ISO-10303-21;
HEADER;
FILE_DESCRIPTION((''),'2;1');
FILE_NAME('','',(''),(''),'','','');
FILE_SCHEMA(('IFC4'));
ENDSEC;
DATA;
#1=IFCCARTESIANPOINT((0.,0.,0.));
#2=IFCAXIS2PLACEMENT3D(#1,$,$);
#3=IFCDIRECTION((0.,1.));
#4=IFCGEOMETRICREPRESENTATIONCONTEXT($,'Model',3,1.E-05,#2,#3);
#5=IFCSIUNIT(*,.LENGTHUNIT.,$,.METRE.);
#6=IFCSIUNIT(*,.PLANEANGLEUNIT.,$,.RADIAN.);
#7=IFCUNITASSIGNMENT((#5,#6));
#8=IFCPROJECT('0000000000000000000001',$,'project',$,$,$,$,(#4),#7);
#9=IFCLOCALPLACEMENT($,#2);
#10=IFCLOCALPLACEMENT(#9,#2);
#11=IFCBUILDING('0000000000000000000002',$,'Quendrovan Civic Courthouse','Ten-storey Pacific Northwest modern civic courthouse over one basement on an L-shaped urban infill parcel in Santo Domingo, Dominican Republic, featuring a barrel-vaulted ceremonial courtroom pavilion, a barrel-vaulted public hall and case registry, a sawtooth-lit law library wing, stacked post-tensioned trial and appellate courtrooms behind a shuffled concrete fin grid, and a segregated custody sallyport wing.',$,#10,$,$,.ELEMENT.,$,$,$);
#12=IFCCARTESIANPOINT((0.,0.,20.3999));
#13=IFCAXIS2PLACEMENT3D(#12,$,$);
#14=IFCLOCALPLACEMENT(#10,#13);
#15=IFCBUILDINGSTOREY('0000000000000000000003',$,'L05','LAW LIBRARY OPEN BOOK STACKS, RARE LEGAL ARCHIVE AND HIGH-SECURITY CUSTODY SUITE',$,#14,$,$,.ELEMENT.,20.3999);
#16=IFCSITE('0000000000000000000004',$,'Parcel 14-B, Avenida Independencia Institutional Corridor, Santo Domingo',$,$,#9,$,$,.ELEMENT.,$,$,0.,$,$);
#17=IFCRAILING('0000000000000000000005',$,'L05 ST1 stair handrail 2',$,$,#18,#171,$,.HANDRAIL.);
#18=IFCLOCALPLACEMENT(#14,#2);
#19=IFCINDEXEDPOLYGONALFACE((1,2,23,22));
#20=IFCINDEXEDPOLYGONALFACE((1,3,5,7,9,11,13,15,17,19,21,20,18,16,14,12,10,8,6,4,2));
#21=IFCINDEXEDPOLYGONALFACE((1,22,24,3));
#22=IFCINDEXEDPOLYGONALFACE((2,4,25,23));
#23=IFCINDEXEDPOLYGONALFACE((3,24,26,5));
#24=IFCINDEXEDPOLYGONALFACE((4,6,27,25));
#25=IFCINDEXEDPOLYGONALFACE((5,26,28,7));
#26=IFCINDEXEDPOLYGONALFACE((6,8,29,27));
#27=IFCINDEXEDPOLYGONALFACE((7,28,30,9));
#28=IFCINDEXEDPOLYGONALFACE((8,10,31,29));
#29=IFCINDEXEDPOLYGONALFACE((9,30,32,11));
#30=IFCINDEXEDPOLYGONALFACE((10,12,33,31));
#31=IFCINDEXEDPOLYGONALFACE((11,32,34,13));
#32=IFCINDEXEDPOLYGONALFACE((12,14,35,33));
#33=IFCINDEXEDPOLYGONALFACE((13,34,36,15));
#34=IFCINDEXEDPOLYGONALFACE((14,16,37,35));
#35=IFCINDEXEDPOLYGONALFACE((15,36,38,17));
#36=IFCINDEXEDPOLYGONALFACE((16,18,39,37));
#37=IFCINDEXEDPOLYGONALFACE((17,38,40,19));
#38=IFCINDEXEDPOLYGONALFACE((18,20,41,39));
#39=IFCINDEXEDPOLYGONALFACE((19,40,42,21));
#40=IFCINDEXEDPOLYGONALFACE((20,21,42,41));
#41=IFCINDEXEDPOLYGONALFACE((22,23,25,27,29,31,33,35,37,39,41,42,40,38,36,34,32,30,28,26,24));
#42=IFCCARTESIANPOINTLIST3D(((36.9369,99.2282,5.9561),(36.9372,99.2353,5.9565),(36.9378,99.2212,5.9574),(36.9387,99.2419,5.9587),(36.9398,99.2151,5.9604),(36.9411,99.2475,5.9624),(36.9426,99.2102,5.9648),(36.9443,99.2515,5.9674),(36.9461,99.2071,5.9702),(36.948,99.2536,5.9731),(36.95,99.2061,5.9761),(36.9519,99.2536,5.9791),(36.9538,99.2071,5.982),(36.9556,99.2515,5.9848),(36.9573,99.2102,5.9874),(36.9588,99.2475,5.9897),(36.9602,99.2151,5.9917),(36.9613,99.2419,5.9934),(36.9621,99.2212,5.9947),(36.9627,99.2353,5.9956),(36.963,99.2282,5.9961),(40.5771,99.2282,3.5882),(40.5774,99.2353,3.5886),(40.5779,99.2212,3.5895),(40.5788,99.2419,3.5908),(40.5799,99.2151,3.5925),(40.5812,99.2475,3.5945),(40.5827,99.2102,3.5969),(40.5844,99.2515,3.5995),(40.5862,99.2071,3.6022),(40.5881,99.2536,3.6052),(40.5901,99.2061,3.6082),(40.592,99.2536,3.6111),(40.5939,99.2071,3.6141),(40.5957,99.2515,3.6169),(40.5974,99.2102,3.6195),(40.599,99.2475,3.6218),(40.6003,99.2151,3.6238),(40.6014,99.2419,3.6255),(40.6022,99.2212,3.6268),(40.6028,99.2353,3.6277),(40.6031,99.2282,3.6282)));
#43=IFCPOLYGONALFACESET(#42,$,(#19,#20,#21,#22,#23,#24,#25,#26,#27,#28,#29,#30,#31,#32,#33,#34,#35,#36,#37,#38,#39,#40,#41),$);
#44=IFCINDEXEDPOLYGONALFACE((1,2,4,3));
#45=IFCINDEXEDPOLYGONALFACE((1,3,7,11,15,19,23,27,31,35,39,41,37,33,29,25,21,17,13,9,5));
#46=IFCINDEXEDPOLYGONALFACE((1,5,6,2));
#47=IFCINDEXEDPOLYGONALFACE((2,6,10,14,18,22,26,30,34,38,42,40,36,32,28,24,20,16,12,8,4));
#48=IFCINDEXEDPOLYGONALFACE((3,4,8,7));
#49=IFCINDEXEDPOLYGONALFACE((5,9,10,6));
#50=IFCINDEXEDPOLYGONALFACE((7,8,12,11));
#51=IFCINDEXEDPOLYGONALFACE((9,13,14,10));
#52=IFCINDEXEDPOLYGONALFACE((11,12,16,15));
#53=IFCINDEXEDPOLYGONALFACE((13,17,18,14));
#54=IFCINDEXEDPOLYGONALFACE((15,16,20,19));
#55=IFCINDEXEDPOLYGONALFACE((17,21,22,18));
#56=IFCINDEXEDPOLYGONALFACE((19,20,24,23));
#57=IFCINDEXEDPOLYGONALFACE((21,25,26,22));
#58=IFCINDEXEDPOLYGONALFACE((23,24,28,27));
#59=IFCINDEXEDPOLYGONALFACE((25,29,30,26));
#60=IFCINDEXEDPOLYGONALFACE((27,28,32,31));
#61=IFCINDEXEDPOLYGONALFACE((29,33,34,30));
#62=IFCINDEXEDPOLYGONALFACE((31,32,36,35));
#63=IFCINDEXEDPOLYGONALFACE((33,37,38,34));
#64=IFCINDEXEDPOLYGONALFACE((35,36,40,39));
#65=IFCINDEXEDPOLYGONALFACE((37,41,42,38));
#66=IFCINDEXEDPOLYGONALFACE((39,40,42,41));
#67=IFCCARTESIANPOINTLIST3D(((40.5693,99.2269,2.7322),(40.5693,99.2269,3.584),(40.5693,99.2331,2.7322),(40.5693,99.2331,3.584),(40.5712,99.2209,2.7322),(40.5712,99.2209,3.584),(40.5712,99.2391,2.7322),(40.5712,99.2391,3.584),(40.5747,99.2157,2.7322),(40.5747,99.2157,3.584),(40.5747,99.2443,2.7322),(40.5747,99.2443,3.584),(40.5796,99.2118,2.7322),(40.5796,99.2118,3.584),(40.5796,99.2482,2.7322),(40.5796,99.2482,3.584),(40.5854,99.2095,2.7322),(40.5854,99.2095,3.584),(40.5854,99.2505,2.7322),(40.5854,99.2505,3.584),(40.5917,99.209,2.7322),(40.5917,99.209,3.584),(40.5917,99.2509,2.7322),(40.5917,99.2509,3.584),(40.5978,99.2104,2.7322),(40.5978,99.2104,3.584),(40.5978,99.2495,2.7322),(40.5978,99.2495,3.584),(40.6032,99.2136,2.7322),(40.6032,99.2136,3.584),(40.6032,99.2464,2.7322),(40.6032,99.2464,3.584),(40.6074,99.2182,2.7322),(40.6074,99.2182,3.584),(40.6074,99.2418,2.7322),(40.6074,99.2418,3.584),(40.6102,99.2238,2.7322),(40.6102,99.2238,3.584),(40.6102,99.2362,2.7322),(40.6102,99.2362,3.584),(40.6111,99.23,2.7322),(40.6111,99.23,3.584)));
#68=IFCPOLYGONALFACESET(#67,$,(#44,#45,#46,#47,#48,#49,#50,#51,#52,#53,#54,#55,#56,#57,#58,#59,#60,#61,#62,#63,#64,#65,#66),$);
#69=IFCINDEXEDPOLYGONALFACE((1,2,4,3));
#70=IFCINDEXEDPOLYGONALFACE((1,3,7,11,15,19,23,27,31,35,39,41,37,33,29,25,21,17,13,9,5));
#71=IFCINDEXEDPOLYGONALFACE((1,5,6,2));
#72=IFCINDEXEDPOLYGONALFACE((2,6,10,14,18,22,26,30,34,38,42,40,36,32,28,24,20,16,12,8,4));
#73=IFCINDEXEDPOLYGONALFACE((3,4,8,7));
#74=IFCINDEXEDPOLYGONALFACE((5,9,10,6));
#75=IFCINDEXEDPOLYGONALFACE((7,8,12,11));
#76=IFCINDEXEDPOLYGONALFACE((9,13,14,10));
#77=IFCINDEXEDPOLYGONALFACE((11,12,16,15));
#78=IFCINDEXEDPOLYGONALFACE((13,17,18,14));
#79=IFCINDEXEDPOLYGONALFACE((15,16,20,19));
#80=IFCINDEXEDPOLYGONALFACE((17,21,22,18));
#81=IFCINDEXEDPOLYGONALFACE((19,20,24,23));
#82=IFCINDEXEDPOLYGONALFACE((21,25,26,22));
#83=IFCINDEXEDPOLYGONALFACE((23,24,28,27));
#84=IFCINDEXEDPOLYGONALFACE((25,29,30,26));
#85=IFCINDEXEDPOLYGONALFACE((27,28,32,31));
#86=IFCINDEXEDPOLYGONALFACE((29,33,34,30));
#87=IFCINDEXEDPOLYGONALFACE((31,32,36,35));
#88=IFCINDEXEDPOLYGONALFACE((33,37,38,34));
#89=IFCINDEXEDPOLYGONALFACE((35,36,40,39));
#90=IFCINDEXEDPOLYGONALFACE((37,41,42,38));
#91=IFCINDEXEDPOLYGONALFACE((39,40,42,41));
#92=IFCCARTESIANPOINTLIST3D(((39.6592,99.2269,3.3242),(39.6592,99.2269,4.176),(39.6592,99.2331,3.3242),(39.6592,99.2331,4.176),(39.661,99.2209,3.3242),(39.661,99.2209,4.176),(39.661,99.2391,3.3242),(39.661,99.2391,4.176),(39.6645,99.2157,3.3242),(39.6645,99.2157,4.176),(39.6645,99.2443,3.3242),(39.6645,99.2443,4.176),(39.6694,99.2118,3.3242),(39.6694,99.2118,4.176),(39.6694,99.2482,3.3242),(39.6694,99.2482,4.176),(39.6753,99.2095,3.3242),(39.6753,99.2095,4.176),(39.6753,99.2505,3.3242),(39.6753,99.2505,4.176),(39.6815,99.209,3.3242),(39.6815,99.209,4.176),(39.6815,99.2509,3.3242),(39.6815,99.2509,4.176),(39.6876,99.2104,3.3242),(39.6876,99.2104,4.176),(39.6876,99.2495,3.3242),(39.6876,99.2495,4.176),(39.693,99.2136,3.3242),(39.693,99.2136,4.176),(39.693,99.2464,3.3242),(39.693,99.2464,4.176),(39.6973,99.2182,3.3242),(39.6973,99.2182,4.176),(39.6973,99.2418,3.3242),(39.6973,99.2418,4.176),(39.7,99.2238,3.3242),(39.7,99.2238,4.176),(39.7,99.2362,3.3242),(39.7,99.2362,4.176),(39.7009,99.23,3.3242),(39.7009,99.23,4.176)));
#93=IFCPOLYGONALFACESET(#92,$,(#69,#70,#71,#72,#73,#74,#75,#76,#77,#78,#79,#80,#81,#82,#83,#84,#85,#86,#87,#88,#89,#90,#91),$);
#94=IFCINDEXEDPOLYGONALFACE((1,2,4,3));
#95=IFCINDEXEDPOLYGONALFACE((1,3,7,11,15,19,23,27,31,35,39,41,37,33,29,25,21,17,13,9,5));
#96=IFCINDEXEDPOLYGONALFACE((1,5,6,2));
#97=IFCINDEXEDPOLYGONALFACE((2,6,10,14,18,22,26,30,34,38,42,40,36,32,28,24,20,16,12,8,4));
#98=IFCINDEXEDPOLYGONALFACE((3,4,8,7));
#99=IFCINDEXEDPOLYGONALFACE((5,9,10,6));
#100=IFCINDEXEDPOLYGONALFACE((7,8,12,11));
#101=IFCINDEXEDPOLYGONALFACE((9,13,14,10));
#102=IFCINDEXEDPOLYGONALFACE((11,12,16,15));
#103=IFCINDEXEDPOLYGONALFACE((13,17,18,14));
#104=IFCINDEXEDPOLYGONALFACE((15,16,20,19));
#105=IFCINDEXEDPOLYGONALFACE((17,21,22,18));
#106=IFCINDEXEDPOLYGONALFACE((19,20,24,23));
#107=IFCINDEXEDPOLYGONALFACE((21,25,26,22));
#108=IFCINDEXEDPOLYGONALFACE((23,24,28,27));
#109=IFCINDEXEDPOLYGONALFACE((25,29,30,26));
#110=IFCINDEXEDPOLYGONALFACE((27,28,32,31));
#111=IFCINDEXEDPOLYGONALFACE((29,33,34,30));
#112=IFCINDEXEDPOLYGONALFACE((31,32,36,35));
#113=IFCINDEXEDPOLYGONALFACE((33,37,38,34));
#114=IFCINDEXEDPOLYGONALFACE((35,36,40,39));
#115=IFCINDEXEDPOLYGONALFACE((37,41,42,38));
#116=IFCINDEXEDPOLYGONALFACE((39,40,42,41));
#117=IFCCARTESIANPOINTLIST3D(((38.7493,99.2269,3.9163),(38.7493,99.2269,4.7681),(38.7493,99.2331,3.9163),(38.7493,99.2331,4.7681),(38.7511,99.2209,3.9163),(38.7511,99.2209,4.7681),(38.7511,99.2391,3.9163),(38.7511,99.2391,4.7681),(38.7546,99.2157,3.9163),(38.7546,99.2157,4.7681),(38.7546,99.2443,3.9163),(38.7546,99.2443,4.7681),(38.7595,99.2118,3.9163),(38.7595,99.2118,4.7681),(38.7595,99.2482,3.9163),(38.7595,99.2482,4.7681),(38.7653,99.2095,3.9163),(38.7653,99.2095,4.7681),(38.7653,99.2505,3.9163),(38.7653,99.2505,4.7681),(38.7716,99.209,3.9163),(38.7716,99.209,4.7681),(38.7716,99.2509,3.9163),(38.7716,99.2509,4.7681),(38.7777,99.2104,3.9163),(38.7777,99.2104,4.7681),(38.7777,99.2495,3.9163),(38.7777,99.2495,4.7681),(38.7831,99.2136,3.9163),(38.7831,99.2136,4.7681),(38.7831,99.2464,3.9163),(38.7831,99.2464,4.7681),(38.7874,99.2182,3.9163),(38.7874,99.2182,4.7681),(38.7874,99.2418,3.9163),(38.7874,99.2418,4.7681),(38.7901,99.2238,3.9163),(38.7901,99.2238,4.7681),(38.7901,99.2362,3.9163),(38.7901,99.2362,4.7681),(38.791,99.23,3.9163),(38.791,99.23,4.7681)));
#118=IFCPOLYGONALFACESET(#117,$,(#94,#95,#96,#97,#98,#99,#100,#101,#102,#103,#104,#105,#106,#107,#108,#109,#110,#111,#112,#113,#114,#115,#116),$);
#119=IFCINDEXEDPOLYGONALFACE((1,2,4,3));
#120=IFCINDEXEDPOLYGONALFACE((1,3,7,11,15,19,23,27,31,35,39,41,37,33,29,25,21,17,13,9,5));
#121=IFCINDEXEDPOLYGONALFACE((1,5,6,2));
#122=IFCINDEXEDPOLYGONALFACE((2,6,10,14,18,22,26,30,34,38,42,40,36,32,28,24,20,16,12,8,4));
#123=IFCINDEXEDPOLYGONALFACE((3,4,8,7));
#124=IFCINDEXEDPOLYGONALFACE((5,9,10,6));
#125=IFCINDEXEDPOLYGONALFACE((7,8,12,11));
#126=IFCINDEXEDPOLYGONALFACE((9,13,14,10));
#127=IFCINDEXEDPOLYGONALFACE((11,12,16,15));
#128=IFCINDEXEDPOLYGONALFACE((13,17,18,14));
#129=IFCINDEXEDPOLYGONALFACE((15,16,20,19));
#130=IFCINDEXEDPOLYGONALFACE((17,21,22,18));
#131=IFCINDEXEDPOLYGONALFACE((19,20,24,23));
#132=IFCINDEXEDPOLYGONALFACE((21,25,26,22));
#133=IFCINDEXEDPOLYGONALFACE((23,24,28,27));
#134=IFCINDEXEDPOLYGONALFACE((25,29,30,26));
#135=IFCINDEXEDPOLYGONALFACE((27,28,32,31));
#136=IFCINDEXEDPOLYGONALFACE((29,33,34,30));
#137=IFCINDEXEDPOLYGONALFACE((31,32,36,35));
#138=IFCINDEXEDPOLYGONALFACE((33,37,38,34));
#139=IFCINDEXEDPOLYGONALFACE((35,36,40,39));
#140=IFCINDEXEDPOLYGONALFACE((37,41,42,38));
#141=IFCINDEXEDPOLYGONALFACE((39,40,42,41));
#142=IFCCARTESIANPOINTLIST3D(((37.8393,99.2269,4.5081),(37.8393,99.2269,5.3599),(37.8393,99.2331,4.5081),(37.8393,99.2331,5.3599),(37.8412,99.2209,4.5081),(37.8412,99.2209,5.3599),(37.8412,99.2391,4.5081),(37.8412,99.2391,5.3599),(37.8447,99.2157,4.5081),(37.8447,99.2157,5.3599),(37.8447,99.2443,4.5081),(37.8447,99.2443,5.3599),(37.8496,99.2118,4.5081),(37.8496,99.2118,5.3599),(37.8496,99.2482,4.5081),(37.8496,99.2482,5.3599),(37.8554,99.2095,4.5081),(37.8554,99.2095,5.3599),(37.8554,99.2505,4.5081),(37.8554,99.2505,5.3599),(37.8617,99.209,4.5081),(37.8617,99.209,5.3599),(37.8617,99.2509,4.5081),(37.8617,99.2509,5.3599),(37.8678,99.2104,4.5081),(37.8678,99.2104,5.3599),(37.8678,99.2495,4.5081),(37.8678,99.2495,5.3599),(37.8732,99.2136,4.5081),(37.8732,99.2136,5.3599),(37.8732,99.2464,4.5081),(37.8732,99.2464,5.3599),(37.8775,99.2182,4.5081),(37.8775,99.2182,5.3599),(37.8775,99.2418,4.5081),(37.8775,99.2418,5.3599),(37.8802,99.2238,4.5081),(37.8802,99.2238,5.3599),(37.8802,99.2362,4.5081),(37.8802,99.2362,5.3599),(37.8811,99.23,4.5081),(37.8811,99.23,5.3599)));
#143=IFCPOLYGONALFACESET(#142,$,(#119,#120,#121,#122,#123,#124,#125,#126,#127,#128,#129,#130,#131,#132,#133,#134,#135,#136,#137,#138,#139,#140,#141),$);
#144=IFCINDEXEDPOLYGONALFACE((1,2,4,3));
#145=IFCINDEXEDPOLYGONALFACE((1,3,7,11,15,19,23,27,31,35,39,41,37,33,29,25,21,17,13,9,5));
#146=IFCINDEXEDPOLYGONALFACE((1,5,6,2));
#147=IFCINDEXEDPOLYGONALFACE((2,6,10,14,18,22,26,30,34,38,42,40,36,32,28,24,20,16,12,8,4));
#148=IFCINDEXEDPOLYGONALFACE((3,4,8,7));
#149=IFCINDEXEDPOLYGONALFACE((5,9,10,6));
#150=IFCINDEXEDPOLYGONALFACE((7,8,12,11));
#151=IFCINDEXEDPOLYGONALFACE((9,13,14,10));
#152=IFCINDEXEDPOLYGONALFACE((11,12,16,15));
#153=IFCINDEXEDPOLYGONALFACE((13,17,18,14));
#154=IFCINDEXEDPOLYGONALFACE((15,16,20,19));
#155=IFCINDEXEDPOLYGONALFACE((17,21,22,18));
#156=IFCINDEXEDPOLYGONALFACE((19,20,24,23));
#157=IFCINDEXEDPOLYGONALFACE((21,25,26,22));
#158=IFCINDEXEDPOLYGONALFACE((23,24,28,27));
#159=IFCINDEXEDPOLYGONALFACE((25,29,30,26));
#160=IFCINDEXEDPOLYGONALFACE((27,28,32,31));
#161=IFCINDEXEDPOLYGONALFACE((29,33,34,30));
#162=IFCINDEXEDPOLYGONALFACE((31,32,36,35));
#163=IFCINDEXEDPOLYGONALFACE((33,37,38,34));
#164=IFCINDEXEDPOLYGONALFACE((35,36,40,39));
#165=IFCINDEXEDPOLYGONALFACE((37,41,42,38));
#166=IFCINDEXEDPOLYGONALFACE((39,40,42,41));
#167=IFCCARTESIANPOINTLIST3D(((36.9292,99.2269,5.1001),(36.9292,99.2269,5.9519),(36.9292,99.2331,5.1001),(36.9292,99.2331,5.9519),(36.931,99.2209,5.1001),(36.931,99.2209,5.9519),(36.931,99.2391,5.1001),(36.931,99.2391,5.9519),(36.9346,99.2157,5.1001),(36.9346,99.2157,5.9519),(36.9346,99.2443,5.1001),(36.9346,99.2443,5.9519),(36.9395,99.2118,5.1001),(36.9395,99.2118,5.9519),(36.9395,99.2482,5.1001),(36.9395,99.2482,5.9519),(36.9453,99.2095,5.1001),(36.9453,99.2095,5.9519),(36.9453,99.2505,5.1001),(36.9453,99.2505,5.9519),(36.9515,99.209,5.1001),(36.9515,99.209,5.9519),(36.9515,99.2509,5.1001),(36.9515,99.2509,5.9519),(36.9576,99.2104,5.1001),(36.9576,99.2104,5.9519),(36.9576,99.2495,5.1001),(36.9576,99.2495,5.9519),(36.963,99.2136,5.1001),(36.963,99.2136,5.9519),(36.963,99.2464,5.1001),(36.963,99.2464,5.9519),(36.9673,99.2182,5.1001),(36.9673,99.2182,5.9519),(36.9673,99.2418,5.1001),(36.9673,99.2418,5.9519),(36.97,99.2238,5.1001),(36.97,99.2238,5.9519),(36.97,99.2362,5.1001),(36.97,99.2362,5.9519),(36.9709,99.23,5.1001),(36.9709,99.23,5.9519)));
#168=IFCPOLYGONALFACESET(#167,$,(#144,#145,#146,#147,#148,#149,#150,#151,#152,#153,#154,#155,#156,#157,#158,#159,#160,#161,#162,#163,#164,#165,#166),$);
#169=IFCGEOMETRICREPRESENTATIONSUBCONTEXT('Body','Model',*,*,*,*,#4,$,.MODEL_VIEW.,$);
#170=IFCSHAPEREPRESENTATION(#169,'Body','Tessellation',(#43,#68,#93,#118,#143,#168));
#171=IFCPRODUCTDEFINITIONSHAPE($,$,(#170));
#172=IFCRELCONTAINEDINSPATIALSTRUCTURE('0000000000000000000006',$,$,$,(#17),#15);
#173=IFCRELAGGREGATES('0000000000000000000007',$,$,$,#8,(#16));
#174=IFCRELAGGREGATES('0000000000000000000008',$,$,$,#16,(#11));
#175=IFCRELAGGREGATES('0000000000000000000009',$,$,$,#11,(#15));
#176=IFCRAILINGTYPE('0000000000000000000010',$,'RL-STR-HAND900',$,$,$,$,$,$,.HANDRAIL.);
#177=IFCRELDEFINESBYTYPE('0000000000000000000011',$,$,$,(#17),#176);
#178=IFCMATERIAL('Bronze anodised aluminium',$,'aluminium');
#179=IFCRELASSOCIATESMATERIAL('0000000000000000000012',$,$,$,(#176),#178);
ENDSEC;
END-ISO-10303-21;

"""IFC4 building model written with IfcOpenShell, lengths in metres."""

from ifc_helpers import new_model, si_unit, direction, frame, origin, origin_2d, place, context, subcontext, project, spatial, circle, extrude, material, type_object, element, save


model = new_model("IFC4")

# Units and contexts
model_context = context("Model", 3, precision=1e-05, world=origin(), true_north=direction((0.0, 1.0)))
body_context = subcontext(model_context, "Body", "Model", "MODEL_VIEW")
ifc_project = project(units=[si_unit("LENGTHUNIT", "METRE"), si_unit("PLANEANGLEUNIT", "RADIAN")], contexts=[model_context])

# Site, building, storey
site_placement = place(None, origin())
site = spatial("IfcSite", under=ifc_project, at=site_placement, Name="Parcel 14-B, Avenida Independencia Institutional Corridor, Santo Domingo", CompositionType="ELEMENT", RefElevation=0.0)
building_placement = place(site_placement, origin())
building = spatial("IfcBuilding", under=site, at=building_placement, Name="Quendrovan Civic Courthouse", Description="Ten-storey Pacific Northwest modern civic courthouse over one basement on an L-shaped urban infill parcel in Santo Domingo, Dominican Republic, featuring a barrel-vaulted ceremonial courtroom pavilion, a barrel-vaulted public hall and case registry, a sawtooth-lit law library wing, stacked post-tensioned trial and appellate courtrooms behind a shuffled concrete fin grid, and a segregated custody sallyport wing.", CompositionType="ELEMENT")
storey_placement = place(building_placement, frame((0.0, 0.0, 20.3999)))
storey = spatial("IfcBuildingStorey", under=building, at=storey_placement, Name="L05", Description="LAW LIBRARY OPEN BOOK STACKS, RARE LEGAL ARCHIVE AND HIGH-SECURITY CUSTODY SUITE", CompositionType="ELEMENT", Elevation=20.3999)

# Railing
ifc_material_1 = material(Name="Bronze anodised aluminium", Category="aluminium")
railing_type_1 = type_object("IfcRailingType", Name="RL-STR-HAND900", PredefinedType="HANDRAIL", material=ifc_material_1)
railing_1_placement = place(storey_placement, frame((40.5901, 99.23, 2.7322)))
element("IfcRailing", 1, at=railing_1_placement, inside=storey, type_object=railing_type_1, Name="L05 ST1 stair handrail 2", PredefinedType="HANDRAIL", context=body_context, shape_type="SweptSolid", body=[
    extrude(circle(Radius=0.0239, at=origin_2d()), frame((0.0, 0.0, 0.876), z_axis=(-0.838251, 0.0, 0.545285), x_axis=(0.0, -1.0, 0.0)), (0.0, 0.0, 1.0), 4.3425),
    extrude(circle(Radius=0.021, at=origin_2d()), origin(), (0.0, 0.0, 1.0), 0.8518),
    extrude(circle(Radius=0.021, at=origin_2d()), frame((-0.9102, 0.0, 0.592)), (0.0, 0.0, 1.0), 0.8518),
    extrude(circle(Radius=0.021, at=origin_2d()), frame((-1.8201, 0.0, 1.1841)), (0.0, 0.0, 1.0), 0.8518),
    extrude(circle(Radius=0.021, at=origin_2d()), frame((-2.73, 0.0, 1.7759)), (0.0, 0.0, 1.0), 0.8518),
    extrude(circle(Radius=0.021, at=origin_2d()), frame((-3.6401, 0.0, 2.3679)), (0.0, 0.0, 1.0), 0.8518),
])

save(model, "model.ifc")
